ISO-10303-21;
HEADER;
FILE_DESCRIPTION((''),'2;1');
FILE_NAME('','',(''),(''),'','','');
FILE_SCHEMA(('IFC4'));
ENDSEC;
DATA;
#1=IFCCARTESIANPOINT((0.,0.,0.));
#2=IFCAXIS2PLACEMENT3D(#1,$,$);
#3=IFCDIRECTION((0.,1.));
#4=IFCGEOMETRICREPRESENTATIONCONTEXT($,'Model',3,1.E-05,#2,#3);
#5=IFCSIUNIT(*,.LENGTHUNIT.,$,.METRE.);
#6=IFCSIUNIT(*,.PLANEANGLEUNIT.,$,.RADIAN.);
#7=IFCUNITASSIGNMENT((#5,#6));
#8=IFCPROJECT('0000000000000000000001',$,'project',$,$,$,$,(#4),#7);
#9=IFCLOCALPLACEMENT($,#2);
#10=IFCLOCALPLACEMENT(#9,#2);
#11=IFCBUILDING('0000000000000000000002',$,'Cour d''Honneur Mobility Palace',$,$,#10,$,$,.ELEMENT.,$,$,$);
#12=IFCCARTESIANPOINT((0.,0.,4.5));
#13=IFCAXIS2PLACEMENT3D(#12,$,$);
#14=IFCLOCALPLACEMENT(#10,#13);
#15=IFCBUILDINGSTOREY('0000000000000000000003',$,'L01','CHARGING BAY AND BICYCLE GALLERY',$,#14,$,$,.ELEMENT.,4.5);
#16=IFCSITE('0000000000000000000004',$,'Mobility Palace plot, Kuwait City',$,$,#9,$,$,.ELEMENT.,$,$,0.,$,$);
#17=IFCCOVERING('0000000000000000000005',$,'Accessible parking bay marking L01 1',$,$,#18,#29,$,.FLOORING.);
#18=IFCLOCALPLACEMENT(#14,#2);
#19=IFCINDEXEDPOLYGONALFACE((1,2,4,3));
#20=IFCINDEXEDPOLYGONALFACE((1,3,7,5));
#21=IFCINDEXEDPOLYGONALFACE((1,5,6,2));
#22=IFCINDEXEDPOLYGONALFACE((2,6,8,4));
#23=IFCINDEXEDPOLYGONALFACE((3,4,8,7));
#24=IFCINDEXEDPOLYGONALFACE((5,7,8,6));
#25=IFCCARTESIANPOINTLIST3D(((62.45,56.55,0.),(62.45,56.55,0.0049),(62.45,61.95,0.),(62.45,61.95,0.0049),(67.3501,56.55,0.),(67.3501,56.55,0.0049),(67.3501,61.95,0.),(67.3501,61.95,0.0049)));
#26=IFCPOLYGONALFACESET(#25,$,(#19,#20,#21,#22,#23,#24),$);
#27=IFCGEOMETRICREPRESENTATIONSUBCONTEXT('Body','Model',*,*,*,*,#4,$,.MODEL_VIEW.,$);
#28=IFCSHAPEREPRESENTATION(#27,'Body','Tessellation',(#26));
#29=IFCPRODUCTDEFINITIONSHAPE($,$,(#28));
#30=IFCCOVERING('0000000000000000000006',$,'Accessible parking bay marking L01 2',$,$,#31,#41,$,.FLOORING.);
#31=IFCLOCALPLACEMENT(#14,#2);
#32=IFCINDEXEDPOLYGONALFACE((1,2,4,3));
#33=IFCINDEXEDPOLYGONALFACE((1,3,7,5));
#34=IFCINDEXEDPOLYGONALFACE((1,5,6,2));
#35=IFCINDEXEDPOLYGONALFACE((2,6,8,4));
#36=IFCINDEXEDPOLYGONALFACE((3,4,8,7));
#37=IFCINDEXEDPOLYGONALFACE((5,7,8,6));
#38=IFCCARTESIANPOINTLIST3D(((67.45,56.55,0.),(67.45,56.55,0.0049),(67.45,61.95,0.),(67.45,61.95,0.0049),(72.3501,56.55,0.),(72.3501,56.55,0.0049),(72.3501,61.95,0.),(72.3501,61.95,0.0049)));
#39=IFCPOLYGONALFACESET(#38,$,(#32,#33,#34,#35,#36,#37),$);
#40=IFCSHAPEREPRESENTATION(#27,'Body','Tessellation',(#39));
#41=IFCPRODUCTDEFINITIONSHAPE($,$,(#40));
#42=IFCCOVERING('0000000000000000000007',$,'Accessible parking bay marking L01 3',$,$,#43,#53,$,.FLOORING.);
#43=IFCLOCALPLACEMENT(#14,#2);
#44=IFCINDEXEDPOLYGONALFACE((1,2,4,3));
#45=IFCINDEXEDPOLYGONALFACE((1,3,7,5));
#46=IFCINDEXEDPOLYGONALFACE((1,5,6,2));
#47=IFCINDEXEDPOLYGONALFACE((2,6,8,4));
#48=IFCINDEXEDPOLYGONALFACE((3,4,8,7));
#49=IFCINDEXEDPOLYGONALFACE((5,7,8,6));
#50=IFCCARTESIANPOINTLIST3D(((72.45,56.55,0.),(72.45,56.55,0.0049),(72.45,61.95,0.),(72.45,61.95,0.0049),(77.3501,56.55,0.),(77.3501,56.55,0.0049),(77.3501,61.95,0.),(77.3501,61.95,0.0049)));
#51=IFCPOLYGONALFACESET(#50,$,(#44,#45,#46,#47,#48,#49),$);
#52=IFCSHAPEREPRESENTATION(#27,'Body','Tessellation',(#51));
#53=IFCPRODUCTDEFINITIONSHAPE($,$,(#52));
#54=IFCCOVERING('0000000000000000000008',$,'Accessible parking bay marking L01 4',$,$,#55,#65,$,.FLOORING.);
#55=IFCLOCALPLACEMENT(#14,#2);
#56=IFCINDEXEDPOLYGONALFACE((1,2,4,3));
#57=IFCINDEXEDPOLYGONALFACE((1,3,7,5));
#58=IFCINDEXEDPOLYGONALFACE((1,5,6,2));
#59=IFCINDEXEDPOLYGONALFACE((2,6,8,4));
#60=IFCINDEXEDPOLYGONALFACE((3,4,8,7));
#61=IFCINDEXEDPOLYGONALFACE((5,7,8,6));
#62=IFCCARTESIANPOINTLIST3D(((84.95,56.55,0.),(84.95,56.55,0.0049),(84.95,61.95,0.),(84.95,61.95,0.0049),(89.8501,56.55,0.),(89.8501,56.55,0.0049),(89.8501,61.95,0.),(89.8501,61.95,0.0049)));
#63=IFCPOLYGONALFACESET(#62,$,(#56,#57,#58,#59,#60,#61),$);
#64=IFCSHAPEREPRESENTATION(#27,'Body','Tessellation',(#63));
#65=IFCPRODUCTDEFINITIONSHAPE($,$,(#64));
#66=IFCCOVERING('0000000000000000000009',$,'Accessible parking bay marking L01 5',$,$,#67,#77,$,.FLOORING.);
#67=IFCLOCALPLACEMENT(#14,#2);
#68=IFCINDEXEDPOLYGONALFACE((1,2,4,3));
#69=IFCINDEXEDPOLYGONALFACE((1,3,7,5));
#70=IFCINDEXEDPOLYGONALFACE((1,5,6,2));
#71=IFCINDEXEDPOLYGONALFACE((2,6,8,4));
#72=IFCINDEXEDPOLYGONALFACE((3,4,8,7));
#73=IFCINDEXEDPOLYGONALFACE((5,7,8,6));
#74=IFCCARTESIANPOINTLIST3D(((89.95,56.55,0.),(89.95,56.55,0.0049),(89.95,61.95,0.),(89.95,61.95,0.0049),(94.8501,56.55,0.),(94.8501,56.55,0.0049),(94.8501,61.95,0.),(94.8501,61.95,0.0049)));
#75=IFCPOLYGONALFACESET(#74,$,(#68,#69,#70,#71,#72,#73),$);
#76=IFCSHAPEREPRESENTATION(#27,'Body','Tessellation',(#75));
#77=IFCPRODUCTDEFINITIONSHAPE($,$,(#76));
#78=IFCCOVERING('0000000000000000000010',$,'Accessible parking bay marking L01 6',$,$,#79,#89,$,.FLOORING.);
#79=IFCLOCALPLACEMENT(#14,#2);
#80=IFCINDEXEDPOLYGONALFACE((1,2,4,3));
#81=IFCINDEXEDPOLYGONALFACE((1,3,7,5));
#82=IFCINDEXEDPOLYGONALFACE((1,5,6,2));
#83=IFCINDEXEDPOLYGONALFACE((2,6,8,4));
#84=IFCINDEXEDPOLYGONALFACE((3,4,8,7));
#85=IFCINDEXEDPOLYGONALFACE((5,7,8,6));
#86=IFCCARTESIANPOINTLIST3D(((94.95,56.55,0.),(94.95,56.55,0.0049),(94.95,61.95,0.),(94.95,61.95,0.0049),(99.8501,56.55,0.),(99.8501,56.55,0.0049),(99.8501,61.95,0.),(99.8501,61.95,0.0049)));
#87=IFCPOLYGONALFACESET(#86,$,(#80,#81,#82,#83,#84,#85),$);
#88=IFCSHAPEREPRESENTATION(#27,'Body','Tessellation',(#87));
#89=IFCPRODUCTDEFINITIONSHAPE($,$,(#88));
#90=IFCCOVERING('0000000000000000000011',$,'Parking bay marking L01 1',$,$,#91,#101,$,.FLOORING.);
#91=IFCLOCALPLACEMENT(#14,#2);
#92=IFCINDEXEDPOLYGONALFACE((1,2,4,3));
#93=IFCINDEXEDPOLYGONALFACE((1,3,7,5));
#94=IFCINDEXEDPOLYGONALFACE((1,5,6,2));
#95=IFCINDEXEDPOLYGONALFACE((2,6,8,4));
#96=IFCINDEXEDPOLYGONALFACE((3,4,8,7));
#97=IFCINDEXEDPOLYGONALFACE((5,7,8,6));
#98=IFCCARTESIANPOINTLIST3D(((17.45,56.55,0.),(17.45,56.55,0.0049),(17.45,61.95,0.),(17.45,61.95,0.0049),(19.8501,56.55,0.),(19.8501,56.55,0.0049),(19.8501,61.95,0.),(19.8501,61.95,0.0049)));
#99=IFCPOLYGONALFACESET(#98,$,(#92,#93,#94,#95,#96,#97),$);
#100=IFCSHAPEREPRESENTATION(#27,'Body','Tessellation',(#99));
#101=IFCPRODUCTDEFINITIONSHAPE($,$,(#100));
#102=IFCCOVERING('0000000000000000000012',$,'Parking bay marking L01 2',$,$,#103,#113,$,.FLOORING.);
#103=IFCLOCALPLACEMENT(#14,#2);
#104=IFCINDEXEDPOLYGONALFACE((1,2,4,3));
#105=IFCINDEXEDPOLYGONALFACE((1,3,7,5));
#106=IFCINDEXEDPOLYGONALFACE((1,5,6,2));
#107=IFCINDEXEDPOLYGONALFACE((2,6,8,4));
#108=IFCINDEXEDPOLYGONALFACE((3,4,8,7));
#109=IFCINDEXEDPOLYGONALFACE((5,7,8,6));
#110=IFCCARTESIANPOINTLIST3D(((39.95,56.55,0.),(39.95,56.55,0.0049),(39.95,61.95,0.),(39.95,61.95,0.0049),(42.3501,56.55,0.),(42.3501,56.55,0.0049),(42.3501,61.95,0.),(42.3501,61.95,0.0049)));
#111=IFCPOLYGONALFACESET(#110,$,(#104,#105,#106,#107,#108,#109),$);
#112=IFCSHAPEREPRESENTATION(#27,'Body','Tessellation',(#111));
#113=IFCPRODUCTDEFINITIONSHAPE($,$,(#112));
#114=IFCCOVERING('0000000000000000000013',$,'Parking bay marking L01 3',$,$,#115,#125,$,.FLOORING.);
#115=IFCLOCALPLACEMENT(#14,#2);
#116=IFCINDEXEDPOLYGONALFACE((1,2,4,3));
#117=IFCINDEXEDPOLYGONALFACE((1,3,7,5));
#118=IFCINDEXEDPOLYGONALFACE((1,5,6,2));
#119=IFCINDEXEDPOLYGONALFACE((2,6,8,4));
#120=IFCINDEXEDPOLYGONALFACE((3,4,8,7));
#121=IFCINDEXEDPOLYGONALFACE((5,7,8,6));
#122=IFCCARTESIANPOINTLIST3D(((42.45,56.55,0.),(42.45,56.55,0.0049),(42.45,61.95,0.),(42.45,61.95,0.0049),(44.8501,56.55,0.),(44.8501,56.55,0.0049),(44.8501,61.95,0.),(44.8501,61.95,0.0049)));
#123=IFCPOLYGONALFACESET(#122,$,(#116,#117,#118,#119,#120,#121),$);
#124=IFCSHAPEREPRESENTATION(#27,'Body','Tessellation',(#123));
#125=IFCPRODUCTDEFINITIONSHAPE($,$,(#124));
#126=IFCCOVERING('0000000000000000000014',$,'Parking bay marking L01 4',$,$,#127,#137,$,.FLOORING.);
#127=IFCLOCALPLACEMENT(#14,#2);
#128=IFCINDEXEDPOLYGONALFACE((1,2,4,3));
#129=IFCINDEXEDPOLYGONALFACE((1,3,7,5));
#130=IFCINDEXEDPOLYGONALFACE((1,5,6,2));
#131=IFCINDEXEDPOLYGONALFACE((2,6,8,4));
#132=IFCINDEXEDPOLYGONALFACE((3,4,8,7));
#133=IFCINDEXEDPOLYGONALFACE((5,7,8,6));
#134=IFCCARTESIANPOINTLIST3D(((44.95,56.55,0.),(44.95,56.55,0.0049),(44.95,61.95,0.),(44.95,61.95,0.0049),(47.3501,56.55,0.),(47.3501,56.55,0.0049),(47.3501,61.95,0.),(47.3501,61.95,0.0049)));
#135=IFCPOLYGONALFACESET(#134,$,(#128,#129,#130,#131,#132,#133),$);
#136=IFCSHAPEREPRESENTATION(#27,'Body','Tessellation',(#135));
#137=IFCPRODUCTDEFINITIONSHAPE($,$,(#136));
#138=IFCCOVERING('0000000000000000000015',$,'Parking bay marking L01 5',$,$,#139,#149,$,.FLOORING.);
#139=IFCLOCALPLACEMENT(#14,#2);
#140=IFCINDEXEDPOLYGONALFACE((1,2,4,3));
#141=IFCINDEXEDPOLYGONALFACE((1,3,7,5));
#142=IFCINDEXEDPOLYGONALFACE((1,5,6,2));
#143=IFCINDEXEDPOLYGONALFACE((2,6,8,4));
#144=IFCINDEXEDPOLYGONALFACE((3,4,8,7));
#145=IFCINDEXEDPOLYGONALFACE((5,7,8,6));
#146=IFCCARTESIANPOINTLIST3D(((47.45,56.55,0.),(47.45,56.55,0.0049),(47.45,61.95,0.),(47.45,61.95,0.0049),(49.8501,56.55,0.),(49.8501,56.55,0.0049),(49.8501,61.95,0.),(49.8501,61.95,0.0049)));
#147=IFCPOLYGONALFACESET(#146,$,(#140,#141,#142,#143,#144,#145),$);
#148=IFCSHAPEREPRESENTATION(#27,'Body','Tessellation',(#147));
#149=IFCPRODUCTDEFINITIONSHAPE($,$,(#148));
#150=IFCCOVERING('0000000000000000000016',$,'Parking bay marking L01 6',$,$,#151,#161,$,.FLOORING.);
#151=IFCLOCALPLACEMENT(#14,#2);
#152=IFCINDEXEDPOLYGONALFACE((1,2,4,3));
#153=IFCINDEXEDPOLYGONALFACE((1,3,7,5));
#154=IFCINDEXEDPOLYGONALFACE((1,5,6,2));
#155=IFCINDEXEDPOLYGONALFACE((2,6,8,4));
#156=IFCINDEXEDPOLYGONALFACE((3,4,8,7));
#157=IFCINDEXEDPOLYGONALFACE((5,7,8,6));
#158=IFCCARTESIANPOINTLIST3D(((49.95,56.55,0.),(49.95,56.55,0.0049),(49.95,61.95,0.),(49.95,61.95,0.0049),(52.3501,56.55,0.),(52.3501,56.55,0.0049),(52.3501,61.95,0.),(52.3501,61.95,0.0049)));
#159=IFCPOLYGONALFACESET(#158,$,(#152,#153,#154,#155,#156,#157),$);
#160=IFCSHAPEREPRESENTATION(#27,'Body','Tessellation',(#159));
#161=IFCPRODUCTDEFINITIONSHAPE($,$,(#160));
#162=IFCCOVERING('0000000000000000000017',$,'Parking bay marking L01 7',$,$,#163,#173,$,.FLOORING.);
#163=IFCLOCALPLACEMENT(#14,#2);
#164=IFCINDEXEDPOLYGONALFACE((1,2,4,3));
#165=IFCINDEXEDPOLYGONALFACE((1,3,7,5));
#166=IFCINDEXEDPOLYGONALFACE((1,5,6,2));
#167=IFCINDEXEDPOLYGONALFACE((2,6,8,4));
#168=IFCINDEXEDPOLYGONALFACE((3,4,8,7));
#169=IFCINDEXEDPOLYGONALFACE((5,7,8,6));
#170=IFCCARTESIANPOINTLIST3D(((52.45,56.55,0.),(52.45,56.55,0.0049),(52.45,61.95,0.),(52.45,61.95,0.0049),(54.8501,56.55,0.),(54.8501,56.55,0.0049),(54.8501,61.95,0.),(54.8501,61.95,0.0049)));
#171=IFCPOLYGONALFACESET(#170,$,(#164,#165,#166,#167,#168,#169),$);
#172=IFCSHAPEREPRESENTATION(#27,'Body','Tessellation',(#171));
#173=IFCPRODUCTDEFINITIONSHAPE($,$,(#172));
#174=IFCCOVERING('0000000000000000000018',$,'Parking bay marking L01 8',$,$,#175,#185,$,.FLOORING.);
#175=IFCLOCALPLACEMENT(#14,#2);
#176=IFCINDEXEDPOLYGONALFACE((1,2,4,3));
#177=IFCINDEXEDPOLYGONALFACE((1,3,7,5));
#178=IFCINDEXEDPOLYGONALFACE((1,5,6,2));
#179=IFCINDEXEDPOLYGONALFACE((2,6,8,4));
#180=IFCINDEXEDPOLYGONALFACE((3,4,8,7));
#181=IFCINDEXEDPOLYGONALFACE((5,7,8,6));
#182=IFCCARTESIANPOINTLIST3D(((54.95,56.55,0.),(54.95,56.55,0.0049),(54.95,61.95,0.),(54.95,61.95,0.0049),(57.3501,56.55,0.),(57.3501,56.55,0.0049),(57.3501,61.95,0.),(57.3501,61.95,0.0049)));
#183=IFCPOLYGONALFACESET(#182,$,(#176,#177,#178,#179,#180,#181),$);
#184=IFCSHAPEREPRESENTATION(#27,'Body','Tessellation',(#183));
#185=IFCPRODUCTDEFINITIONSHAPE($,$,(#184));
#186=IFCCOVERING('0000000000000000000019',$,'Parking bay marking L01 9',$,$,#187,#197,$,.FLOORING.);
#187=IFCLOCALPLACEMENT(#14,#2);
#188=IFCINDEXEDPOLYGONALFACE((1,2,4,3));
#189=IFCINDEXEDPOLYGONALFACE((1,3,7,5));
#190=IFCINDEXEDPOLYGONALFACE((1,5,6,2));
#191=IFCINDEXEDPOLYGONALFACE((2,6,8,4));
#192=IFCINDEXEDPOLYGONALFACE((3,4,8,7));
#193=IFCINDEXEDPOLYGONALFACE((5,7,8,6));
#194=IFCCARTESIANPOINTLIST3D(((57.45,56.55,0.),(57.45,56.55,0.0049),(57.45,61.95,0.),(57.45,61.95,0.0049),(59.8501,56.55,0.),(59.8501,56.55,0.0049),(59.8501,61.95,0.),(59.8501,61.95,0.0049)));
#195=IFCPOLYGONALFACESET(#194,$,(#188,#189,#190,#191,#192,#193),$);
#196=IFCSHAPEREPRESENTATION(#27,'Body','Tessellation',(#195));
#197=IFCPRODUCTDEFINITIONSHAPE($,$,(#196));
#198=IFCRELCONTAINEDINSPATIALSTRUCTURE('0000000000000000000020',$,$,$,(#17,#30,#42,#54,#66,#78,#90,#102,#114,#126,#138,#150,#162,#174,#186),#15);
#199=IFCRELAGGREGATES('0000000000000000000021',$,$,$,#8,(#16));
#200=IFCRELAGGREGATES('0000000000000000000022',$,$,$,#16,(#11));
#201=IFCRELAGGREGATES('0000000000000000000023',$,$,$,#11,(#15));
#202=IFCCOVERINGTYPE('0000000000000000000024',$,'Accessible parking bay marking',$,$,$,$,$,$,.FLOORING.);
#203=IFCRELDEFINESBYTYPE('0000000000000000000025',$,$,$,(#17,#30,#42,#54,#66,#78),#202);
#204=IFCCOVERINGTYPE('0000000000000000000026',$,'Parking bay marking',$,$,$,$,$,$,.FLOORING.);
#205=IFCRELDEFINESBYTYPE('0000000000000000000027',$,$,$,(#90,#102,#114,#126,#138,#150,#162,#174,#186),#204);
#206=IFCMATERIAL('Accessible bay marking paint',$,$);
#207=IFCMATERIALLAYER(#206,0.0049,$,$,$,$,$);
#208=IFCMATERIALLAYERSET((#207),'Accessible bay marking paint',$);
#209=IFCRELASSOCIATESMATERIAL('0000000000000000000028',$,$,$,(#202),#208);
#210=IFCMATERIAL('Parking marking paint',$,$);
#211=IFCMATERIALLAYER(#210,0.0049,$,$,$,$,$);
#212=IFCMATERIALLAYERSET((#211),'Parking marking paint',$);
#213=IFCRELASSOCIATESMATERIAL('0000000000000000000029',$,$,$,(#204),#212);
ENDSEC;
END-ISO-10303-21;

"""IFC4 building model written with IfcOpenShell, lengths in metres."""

from ifc_helpers import new_model, si_unit, direction, frame, origin, place, context, subcontext, project, spatial, polyline, outline, extrude, material, layer, layer_set, type_object, element, save


model = new_model("IFC4")

# Units and contexts
model_context = context("Model", 3, precision=1e-05, world=origin(), true_north=direction((0.0, 1.0)))
body_context = subcontext(model_context, "Body", "Model", "MODEL_VIEW")
ifc_project = project(units=[si_unit("LENGTHUNIT", "METRE"), si_unit("PLANEANGLEUNIT", "RADIAN")], contexts=[model_context])

# Site, building, storey
site_placement = place(None, origin())
site = spatial("IfcSite", under=ifc_project, at=site_placement, Name="Mobility Palace plot, Kuwait City", CompositionType="ELEMENT", RefElevation=0.0)
building_placement = place(site_placement, origin())
building = spatial("IfcBuilding", under=site, at=building_placement, Name="Cour d'Honneur Mobility Palace", CompositionType="ELEMENT")
storey_placement = place(building_placement, frame((0.0, 0.0, 4.5)))
storey = spatial("IfcBuildingStorey", under=building, at=storey_placement, Name="L01", Description="CHARGING BAY AND BICYCLE GALLERY", CompositionType="ELEMENT", Elevation=4.5)

# Coverings
ifc_material_1 = material(Name="Accessible bay marking paint")
ifc_layer_1 = layer(ifc_material_1, 0.0049)
ifc_layer_set_1 = layer_set([ifc_layer_1], Name="Accessible bay marking paint")
covering_type_1 = type_object("IfcCoveringType", Name="Accessible parking bay marking", PredefinedType="FLOORING", material=ifc_layer_set_1)
covering_1_placement = place(storey_placement, origin())
element("IfcCovering", 1, at=covering_1_placement, inside=storey, type_object=covering_type_1, Name="Accessible parking bay marking L01 1", PredefinedType="FLOORING", context=body_context, shape_type="SweptSolid", body=[
    extrude(outline(polyline([(62.45, 56.55), (62.45, 61.95), (67.3501, 61.95), (67.3501, 56.55), (62.45, 56.55)])), origin(), (0.0, 0.0, 1.0), 0.0049),
])
covering_2_placement = place(storey_placement, origin())
element("IfcCovering", 2, at=covering_2_placement, inside=storey, type_object=covering_type_1, Name="Accessible parking bay marking L01 2", PredefinedType="FLOORING", context=body_context, shape_type="SweptSolid", body=[
    extrude(outline(polyline([(67.45, 56.55), (67.45, 61.95), (72.3501, 61.95), (72.3501, 56.55), (67.45, 56.55)])), origin(), (0.0, 0.0, 1.0), 0.0049),
])
covering_3_placement = place(storey_placement, origin())
element("IfcCovering", 3, at=covering_3_placement, inside=storey, type_object=covering_type_1, Name="Accessible parking bay marking L01 3", PredefinedType="FLOORING", context=body_context, shape_type="SweptSolid", body=[
    extrude(outline(polyline([(72.45, 56.55), (72.45, 61.95), (77.3501, 61.95), (77.3501, 56.55), (72.45, 56.55)])), origin(), (0.0, 0.0, 1.0), 0.0049),
])
covering_4_placement = place(storey_placement, origin())
element("IfcCovering", 4, at=covering_4_placement, inside=storey, type_object=covering_type_1, Name="Accessible parking bay marking L01 4", PredefinedType="FLOORING", context=body_context, shape_type="SweptSolid", body=[
    extrude(outline(polyline([(84.95, 56.55), (84.95, 61.95), (89.8501, 61.95), (89.8501, 56.55), (84.95, 56.55)])), origin(), (0.0, 0.0, 1.0), 0.0049),
])
covering_5_placement = place(storey_placement, origin())
element("IfcCovering", 5, at=covering_5_placement, inside=storey, type_object=covering_type_1, Name="Accessible parking bay marking L01 5", PredefinedType="FLOORING", context=body_context, shape_type="SweptSolid", body=[
    extrude(outline(polyline([(89.95, 56.55), (89.95, 61.95), (94.8501, 61.95), (94.8501, 56.55), (89.95, 56.55)])), origin(), (0.0, 0.0, 1.0), 0.0049),
])
covering_6_placement = place(storey_placement, origin())
element("IfcCovering", 6, at=covering_6_placement, inside=storey, type_object=covering_type_1, Name="Accessible parking bay marking L01 6", PredefinedType="FLOORING", context=body_context, shape_type="SweptSolid", body=[
    extrude(outline(polyline([(94.95, 56.55), (94.95, 61.95), (99.8501, 61.95), (99.8501, 56.55), (94.95, 56.55)])), origin(), (0.0, 0.0, 1.0), 0.0049),
])
ifc_material_2 = material(Name="Parking marking paint")
ifc_layer_2 = layer(ifc_material_2, 0.0049)
ifc_layer_set_2 = layer_set([ifc_layer_2], Name="Parking marking paint")
covering_type_2 = type_object("IfcCoveringType", Name="Parking bay marking", PredefinedType="FLOORING", material=ifc_layer_set_2)
covering_7_placement = place(storey_placement, origin())
element("IfcCovering", 7, at=covering_7_placement, inside=storey, type_object=covering_type_2, Name="Parking bay marking L01 1", PredefinedType="FLOORING", context=body_context, shape_type="SweptSolid", body=[
    extrude(outline(polyline([(19.8501, 56.55), (17.45, 56.55), (17.45, 61.95), (19.8501, 61.95), (19.8501, 56.55)])), origin(), (0.0, 0.0, 1.0), 0.0049),
])
covering_8_placement = place(storey_placement, origin())
element("IfcCovering", 8, at=covering_8_placement, inside=storey, type_object=covering_type_2, Name="Parking bay marking L01 2", PredefinedType="FLOORING", context=body_context, shape_type="SweptSolid", body=[
    extrude(outline(polyline([(42.3501, 56.55), (39.95, 56.55), (39.95, 61.95), (42.3501, 61.95), (42.3501, 56.55)])), origin(), (0.0, 0.0, 1.0), 0.0049),
])
covering_9_placement = place(storey_placement, origin())
element("IfcCovering", 9, at=covering_9_placement, inside=storey, type_object=covering_type_2, Name="Parking bay marking L01 3", PredefinedType="FLOORING", context=body_context, shape_type="SweptSolid", body=[
    extrude(outline(polyline([(44.8501, 56.55), (42.45, 56.55), (42.45, 61.95), (44.8501, 61.95), (44.8501, 56.55)])), origin(), (0.0, 0.0, 1.0), 0.0049),
])
covering_10_placement = place(storey_placement, origin())
element("IfcCovering", 10, at=covering_10_placement, inside=storey, type_object=covering_type_2, Name="Parking bay marking L01 4", PredefinedType="FLOORING", context=body_context, shape_type="SweptSolid", body=[
    extrude(outline(polyline([(47.3501, 56.55), (44.95, 56.55), (44.95, 61.95), (47.3501, 61.95), (47.3501, 56.55)])), origin(), (0.0, 0.0, 1.0), 0.0049),
])
covering_11_placement = place(storey_placement, origin())
element("IfcCovering", 11, at=covering_11_placement, inside=storey, type_object=covering_type_2, Name="Parking bay marking L01 5", PredefinedType="FLOORING", context=body_context, shape_type="SweptSolid", body=[
    extrude(outline(polyline([(49.8501, 56.55), (47.45, 56.55), (47.45, 61.95), (49.8501, 61.95), (49.8501, 56.55)])), origin(), (0.0, 0.0, 1.0), 0.0049),
])
covering_12_placement = place(storey_placement, origin())
element("IfcCovering", 12, at=covering_12_placement, inside=storey, type_object=covering_type_2, Name="Parking bay marking L01 6", PredefinedType="FLOORING", context=body_context, shape_type="SweptSolid", body=[
    extrude(outline(polyline([(52.3501, 56.55), (49.95, 56.55), (49.95, 61.95), (52.3501, 61.95), (52.3501, 56.55)])), origin(), (0.0, 0.0, 1.0), 0.0049),
])
covering_13_placement = place(storey_placement, origin())
element("IfcCovering", 13, at=covering_13_placement, inside=storey, type_object=covering_type_2, Name="Parking bay marking L01 7", PredefinedType="FLOORING", context=body_context, shape_type="SweptSolid", body=[
    extrude(outline(polyline([(54.8501, 56.55), (52.45, 56.55), (52.45, 61.95), (54.8501, 61.95), (54.8501, 56.55)])), origin(), (0.0, 0.0, 1.0), 0.0049),
])
covering_14_placement = place(storey_placement, origin())
element("IfcCovering", 14, at=covering_14_placement, inside=storey, type_object=covering_type_2, Name="Parking bay marking L01 8", PredefinedType="FLOORING", context=body_context, shape_type="SweptSolid", body=[
    extrude(outline(polyline([(57.3501, 56.55), (54.95, 56.55), (54.95, 61.95), (57.3501, 61.95), (57.3501, 56.55)])), origin(), (0.0, 0.0, 1.0), 0.0049),
])
covering_15_placement = place(storey_placement, origin())
element("IfcCovering", 15, at=covering_15_placement, inside=storey, type_object=covering_type_2, Name="Parking bay marking L01 9", PredefinedType="FLOORING", context=body_context, shape_type="SweptSolid", body=[
    extrude(outline(polyline([(59.8501, 56.55), (57.45, 56.55), (57.45, 61.95), (59.8501, 61.95), (59.8501, 56.55)])), origin(), (0.0, 0.0, 1.0), 0.0049),
])

save(model, "model.ifc")
